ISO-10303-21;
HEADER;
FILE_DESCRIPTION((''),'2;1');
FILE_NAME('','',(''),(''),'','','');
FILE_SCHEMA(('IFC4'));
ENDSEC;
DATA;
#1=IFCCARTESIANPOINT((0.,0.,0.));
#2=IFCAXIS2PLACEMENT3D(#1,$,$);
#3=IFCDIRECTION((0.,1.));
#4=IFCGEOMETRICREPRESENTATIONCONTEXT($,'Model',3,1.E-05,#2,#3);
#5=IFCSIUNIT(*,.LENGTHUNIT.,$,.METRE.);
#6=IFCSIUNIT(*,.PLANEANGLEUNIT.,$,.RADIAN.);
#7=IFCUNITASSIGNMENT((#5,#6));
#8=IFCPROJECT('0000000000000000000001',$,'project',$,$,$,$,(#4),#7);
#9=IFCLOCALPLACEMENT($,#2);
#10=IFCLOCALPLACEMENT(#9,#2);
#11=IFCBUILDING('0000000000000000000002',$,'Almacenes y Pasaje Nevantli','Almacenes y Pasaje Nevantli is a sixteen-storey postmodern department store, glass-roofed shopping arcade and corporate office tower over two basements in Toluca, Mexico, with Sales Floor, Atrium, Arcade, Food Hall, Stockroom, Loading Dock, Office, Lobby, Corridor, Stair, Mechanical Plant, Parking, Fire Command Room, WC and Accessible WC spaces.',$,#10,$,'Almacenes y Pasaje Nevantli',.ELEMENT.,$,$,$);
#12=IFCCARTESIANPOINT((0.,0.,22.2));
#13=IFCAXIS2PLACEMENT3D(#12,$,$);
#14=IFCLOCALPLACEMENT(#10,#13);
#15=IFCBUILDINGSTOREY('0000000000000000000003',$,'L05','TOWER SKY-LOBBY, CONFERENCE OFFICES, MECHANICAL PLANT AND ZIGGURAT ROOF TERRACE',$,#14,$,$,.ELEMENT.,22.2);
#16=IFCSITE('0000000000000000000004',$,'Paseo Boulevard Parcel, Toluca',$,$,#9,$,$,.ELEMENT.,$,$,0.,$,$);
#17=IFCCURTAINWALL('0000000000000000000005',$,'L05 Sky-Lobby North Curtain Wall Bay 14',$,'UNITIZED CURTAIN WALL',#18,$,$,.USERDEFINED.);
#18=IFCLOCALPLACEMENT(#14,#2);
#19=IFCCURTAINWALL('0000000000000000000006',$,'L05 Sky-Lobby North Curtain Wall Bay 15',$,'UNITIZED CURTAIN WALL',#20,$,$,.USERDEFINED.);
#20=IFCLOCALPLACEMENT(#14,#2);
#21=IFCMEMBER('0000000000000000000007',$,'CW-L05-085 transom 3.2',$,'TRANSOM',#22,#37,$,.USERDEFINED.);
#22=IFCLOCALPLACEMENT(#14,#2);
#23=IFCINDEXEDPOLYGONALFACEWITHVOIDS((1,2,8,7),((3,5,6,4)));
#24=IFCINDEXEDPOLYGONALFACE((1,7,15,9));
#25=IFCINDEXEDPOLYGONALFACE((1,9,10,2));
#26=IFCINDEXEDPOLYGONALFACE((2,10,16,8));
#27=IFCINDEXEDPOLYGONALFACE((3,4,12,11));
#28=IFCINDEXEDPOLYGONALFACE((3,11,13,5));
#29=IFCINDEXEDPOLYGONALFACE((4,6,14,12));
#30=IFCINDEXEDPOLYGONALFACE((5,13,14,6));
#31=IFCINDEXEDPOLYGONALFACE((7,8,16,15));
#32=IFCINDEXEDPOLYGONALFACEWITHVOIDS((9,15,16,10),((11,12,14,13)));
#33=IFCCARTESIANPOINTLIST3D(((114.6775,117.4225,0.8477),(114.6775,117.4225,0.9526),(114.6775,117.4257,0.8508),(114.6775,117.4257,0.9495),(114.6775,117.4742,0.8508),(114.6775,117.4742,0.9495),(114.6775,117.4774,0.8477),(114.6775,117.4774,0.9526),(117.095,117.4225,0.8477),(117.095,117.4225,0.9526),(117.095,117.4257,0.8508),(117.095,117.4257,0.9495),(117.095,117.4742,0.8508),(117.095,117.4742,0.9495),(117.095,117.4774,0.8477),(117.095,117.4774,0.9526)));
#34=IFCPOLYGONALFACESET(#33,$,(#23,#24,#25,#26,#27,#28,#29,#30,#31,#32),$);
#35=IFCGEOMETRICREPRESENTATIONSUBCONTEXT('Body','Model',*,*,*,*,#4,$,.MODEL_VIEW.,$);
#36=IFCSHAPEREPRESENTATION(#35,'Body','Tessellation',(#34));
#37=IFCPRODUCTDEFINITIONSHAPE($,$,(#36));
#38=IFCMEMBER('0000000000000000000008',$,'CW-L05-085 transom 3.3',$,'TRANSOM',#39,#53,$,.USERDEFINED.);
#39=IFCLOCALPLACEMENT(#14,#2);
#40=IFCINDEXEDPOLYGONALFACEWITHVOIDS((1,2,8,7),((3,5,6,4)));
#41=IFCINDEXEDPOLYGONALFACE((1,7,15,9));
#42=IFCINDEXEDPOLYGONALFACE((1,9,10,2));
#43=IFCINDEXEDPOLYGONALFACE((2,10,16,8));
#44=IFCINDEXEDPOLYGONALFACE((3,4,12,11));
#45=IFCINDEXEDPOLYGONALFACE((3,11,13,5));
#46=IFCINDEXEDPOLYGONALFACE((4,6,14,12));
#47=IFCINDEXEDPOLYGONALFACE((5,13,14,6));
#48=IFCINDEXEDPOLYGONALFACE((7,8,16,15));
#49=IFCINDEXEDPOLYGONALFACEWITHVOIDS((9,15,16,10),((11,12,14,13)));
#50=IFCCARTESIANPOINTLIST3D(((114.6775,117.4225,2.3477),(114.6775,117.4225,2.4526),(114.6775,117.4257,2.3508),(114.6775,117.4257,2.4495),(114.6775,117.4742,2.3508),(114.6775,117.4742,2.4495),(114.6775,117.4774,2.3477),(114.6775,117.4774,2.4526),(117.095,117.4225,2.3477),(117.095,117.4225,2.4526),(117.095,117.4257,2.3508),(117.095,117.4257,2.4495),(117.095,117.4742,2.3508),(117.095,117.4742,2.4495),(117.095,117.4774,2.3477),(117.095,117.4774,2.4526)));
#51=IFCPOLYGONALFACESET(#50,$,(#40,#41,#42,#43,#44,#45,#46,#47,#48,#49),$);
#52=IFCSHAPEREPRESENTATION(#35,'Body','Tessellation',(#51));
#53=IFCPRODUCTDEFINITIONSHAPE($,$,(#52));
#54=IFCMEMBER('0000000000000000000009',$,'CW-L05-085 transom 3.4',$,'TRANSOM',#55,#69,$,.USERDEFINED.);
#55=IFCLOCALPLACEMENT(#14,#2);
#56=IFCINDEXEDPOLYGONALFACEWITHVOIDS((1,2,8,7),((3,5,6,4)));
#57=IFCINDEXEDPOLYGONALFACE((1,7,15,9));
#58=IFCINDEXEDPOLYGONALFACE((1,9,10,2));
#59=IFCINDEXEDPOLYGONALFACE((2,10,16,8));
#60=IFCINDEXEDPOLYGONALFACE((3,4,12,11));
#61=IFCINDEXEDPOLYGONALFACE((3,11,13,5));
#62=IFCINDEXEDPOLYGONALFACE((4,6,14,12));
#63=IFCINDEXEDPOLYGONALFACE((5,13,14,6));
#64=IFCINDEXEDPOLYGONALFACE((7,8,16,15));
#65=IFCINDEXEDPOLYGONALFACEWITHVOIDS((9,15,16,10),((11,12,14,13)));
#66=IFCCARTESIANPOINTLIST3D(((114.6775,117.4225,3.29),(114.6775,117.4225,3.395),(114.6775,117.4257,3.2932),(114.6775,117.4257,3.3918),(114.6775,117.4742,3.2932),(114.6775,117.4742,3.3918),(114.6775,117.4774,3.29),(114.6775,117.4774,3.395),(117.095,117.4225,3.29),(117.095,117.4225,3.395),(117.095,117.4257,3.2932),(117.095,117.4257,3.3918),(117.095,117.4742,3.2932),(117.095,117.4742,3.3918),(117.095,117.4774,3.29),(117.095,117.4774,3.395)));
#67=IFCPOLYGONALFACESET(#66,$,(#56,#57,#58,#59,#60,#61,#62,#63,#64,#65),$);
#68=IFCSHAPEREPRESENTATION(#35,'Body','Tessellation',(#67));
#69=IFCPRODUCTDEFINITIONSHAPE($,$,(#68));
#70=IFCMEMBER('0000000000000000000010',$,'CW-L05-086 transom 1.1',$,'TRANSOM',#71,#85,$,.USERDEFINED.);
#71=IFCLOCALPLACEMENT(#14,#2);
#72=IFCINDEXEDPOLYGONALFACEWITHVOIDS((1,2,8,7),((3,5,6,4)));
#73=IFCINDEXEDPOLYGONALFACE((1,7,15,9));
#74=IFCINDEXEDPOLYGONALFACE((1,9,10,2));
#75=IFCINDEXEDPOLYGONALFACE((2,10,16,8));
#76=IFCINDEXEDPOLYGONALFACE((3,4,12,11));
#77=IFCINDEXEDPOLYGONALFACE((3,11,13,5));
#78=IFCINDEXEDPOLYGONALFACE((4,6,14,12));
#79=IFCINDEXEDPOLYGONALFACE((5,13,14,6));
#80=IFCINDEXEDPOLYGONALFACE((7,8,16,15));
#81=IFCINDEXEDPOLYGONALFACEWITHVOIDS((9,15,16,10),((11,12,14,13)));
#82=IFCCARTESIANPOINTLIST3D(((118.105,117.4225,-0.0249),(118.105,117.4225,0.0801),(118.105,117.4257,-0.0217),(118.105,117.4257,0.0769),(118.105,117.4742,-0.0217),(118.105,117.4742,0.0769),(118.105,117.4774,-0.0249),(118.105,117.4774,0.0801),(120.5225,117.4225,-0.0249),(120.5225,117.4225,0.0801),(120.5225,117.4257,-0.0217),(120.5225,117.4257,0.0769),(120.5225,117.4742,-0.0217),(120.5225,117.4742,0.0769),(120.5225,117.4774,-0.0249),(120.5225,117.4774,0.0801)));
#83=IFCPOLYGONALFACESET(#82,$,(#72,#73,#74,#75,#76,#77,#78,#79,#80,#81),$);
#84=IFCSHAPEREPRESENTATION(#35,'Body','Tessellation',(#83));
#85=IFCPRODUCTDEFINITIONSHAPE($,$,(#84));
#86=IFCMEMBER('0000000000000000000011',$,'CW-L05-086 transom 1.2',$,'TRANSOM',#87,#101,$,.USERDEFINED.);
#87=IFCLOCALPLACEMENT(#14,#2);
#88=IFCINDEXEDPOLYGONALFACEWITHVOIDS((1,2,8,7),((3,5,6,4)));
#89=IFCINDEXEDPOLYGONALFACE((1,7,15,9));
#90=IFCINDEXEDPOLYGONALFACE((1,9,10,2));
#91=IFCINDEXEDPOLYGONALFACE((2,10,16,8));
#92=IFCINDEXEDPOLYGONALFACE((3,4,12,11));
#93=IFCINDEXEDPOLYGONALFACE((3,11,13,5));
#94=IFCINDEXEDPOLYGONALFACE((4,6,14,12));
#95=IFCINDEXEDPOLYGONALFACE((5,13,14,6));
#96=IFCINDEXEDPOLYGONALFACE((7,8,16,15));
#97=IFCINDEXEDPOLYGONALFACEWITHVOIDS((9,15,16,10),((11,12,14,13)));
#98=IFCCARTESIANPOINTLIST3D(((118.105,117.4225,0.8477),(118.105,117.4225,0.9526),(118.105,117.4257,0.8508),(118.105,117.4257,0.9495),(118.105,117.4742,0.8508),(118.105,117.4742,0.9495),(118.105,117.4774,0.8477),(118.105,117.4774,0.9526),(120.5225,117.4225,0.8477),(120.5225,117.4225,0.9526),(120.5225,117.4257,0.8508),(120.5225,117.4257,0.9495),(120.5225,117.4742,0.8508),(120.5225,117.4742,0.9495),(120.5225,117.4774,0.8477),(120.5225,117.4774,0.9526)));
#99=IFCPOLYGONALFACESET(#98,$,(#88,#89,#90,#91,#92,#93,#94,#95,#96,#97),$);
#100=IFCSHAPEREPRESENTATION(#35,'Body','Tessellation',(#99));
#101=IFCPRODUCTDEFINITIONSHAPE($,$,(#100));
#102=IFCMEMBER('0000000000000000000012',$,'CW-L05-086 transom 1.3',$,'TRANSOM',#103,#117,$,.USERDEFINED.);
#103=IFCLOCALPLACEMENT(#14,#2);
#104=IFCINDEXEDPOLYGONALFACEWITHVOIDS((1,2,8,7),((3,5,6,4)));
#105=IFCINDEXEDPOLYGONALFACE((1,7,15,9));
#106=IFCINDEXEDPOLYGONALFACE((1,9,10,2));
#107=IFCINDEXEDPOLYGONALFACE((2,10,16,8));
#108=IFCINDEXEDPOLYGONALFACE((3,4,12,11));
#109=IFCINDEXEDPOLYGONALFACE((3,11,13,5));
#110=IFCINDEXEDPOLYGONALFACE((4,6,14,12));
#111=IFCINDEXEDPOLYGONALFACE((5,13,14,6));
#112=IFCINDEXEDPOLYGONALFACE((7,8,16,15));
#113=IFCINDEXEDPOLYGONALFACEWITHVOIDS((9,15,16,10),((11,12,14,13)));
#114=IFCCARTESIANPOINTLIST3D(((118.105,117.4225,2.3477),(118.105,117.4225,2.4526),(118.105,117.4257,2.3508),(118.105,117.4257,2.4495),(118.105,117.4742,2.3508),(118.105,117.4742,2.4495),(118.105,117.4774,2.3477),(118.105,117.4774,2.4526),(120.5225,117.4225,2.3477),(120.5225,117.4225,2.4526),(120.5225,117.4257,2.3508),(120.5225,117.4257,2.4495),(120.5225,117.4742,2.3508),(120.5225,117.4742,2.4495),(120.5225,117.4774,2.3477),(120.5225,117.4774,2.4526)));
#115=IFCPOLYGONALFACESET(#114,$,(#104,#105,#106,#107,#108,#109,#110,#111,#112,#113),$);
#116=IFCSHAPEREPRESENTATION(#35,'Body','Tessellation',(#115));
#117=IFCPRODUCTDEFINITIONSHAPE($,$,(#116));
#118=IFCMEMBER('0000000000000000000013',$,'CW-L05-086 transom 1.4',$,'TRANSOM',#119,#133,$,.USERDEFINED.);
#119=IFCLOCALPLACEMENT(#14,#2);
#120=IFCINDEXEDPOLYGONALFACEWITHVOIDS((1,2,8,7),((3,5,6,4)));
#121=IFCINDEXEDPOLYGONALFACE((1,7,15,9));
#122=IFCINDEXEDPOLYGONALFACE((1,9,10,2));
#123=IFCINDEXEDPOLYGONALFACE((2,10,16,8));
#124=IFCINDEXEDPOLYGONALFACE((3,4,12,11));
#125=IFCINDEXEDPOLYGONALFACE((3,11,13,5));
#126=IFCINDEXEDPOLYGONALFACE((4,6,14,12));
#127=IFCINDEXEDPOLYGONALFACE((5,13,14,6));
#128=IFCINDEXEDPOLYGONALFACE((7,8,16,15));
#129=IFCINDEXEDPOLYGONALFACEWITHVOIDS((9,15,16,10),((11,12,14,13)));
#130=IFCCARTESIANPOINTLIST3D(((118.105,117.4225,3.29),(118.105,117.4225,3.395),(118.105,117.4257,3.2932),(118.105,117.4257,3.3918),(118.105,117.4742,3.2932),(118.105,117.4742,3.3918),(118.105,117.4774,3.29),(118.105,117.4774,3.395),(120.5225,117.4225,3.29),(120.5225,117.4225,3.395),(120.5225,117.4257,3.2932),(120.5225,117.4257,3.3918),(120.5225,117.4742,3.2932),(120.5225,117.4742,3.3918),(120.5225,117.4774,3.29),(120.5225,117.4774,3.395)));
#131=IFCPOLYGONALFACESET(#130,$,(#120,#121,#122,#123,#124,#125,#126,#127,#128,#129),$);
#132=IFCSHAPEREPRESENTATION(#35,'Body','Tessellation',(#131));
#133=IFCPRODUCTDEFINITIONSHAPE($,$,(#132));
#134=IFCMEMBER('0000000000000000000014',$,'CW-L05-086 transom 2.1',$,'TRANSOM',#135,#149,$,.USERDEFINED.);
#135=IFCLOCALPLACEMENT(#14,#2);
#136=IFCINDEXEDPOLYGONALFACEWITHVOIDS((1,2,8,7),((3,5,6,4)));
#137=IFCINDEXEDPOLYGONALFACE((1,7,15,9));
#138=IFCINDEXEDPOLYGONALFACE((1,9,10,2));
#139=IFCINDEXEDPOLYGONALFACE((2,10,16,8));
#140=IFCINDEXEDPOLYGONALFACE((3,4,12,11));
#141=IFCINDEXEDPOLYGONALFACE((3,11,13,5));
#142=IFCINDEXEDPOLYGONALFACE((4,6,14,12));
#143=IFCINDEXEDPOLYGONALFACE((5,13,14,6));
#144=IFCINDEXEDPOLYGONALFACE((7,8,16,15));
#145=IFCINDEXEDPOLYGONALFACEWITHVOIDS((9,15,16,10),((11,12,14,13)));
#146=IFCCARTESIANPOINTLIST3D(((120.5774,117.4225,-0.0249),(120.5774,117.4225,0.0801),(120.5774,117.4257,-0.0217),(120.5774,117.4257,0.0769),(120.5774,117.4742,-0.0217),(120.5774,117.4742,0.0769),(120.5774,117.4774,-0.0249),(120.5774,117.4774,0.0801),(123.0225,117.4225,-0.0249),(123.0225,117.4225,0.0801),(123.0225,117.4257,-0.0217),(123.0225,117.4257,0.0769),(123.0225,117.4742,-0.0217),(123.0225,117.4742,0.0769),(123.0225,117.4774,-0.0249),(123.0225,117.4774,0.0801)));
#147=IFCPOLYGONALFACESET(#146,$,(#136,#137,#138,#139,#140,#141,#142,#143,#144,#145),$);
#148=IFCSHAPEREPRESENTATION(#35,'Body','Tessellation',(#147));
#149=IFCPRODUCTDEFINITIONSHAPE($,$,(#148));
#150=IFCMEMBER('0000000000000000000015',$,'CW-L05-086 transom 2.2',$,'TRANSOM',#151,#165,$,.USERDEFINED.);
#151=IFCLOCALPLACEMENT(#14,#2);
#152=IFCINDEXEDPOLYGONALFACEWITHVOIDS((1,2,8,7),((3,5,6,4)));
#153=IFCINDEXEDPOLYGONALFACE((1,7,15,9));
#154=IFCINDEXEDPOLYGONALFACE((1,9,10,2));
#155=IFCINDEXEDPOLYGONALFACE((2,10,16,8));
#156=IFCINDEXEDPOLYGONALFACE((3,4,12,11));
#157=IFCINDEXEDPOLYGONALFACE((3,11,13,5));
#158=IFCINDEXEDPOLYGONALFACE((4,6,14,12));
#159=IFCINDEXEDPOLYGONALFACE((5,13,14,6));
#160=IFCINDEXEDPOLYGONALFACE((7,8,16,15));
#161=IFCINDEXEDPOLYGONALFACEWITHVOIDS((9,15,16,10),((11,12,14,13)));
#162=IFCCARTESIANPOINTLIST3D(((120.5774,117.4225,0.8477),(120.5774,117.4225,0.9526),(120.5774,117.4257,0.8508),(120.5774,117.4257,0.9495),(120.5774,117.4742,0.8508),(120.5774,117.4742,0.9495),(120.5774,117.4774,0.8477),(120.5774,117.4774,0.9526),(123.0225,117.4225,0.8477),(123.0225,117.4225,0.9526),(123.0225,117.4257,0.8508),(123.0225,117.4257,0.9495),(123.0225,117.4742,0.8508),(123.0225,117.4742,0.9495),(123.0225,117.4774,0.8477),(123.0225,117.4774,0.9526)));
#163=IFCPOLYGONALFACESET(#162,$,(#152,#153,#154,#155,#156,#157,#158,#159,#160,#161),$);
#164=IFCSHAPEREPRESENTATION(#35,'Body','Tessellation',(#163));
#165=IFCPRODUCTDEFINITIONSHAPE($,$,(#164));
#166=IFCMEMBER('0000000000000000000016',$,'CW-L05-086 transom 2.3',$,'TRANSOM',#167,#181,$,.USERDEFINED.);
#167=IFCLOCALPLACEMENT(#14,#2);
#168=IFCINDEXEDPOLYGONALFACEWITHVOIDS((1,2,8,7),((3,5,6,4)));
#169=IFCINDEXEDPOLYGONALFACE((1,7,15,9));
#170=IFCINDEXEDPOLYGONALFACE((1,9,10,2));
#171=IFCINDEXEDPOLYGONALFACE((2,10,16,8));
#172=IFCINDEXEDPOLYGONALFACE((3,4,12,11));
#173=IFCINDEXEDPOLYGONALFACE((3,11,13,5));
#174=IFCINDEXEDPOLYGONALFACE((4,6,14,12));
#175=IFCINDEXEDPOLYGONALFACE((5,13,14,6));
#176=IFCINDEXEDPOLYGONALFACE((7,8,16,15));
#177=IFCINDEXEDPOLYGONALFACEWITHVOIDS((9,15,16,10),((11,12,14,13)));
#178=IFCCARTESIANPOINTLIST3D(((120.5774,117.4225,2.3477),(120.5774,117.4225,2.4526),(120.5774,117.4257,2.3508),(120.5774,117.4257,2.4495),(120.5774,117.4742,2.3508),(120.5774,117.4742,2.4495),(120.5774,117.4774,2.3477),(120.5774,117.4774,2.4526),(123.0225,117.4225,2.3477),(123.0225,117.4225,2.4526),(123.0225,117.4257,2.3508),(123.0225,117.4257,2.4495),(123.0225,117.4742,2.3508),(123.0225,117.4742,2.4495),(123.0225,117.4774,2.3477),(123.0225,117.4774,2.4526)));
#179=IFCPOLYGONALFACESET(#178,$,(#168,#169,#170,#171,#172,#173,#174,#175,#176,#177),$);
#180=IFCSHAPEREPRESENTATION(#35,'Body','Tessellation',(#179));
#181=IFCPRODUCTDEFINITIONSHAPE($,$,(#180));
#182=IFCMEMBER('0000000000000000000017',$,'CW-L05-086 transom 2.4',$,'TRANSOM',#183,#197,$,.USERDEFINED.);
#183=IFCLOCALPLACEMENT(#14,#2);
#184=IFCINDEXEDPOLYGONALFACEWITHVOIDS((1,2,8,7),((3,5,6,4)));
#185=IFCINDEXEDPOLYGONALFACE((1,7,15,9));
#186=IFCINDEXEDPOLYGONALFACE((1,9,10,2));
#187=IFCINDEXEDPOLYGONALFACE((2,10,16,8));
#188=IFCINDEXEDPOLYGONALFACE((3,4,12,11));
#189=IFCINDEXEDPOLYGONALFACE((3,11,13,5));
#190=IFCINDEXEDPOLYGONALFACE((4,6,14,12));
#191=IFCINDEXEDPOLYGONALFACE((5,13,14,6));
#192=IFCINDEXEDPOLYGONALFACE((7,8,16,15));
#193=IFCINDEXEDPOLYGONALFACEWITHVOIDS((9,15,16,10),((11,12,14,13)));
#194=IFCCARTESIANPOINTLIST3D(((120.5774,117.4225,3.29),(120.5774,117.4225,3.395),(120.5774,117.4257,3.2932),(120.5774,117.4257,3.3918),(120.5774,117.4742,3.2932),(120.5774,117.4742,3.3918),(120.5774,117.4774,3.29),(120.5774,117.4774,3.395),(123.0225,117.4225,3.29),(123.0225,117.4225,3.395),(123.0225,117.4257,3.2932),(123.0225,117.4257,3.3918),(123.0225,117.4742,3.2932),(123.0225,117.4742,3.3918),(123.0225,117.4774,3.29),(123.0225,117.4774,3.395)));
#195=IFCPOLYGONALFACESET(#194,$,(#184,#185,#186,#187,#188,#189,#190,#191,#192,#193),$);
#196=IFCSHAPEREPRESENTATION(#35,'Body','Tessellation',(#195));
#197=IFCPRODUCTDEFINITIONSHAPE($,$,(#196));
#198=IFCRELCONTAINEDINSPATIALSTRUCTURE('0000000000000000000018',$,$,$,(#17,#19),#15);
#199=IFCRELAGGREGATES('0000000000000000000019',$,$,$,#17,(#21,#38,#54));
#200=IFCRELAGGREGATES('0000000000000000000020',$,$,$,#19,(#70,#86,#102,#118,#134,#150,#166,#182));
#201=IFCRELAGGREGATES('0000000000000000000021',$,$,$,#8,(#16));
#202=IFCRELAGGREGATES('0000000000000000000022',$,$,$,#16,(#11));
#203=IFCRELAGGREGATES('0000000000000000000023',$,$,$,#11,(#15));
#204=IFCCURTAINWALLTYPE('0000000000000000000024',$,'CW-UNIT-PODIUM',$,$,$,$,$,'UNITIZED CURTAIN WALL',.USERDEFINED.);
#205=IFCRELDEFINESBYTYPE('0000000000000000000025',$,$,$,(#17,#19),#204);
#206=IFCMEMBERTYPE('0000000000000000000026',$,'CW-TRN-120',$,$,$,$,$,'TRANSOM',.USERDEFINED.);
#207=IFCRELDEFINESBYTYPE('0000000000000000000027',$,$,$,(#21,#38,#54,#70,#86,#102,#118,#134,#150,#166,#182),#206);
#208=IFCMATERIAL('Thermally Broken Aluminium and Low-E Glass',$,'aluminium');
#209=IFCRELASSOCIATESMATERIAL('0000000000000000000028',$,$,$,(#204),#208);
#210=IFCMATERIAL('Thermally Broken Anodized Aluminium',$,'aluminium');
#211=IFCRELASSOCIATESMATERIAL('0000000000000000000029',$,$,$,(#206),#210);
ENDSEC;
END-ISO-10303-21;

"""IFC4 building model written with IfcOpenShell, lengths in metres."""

from ifc_helpers import new_model, si_unit, direction, frame, origin, origin_2d, place, context, subcontext, project, spatial, hollow_rectangle, extrude, material, material_profile, profile_set, type_object, element, aggregate, save


model = new_model("IFC4")

# Units and contexts
model_context = context("Model", 3, precision=1e-05, world=origin(), true_north=direction((0.0, 1.0)))
body_context = subcontext(model_context, "Body", "Model", "MODEL_VIEW")
ifc_project = project(units=[si_unit("LENGTHUNIT", "METRE"), si_unit("PLANEANGLEUNIT", "RADIAN")], contexts=[model_context])

# Site, building, storey
site_placement = place(None, origin())
site = spatial("IfcSite", under=ifc_project, at=site_placement, Name="Paseo Boulevard Parcel, Toluca", CompositionType="ELEMENT", RefElevation=0.0)
building_placement = place(site_placement, origin())
building = spatial("IfcBuilding", under=site, at=building_placement, Name="Almacenes y Pasaje Nevantli", Description="Almacenes y Pasaje Nevantli is a sixteen-storey postmodern department store, glass-roofed shopping arcade and corporate office tower over two basements in Toluca, Mexico, with Sales Floor, Atrium, Arcade, Food Hall, Stockroom, Loading Dock, Office, Lobby, Corridor, Stair, Mechanical Plant, Parking, Fire Command Room, WC and Accessible WC spaces.", LongName="Almacenes y Pasaje Nevantli", CompositionType="ELEMENT")
storey_placement = place(building_placement, frame((0.0, 0.0, 22.2)))
storey = spatial("IfcBuildingStorey", under=building, at=storey_placement, Name="L05", Description="TOWER SKY-LOBBY, CONFERENCE OFFICES, MECHANICAL PLANT AND ZIGGURAT ROOF TERRACE", CompositionType="ELEMENT", Elevation=22.2)

# Curtain wall
ifc_material_1 = material(Name="Thermally Broken Aluminium and Low-E Glass", Category="aluminium")
curtain_wall_type = type_object("IfcCurtainWallType", Name="CW-UNIT-PODIUM", ElementType="UNITIZED CURTAIN WALL", PredefinedType="USERDEFINED", material=ifc_material_1)
curtain_wall_1_placement = place(storey_placement, origin())
curtain_wall_1 = element("IfcCurtainWall", 1, at=curtain_wall_1_placement, inside=storey, type_object=curtain_wall_type, Name="L05 Sky-Lobby North Curtain Wall Bay 14", ObjectType="UNITIZED CURTAIN WALL", PredefinedType="USERDEFINED")

# Curtain wall
curtain_wall_2_placement = place(storey_placement, origin())
curtain_wall_2 = element("IfcCurtainWall", 2, at=curtain_wall_2_placement, inside=storey, type_object=curtain_wall_type, Name="L05 Sky-Lobby North Curtain Wall Bay 15", ObjectType="UNITIZED CURTAIN WALL", PredefinedType="USERDEFINED")

# Members
ifc_material_2 = material(Name="Thermally Broken Anodized Aluminium", Category="aluminium")
ifc_material_profile_1 = material_profile(ifc_material_2, hollow_rectangle(XDim=0.0549, YDim=0.105, WallThickness=0.0032, at=origin_2d()), Name="ALU-TRN-55x105")
ifc_profile_set_1 = profile_set([ifc_material_profile_1], Name="Thermally Broken Anodized Aluminium")
member_type_1 = type_object("IfcMemberType", Name="CW-TRN-120", ElementType="TRANSOM", PredefinedType="USERDEFINED", material=ifc_profile_set_1)
member_1_placement = place(storey_placement, frame((114.6775, 117.45, 0.9001), z_axis=(1.0, 0.0, 0.0), x_axis=(0.0, 1.0, 0.0)))
member_1 = element("IfcMember", 3, at=member_1_placement, type_object=member_type_1, Name="CW-L05-085 transom 3.2", ObjectType="TRANSOM", PredefinedType="USERDEFINED", context=body_context, shape_type="SweptSolid", body=[
    extrude(hollow_rectangle(XDim=0.0549, YDim=0.105, WallThickness=0.0032, at=origin_2d()), origin(), (0.0, 0.0, 1.0), 2.4175),
])
member_2_placement = place(storey_placement, frame((114.6775, 117.45, 2.4001), z_axis=(1.0, 0.0, 0.0), x_axis=(0.0, 1.0, 0.0)))
member_2 = element("IfcMember", 4, at=member_2_placement, type_object=member_type_1, Name="CW-L05-085 transom 3.3", ObjectType="TRANSOM", PredefinedType="USERDEFINED", context=body_context, shape_type="SweptSolid", body=[
    extrude(hollow_rectangle(XDim=0.0549, YDim=0.105, WallThickness=0.0032, at=origin_2d()), origin(), (0.0, 0.0, 1.0), 2.4175),
])
member_3_placement = place(storey_placement, frame((114.6775, 117.45, 3.3425), z_axis=(1.0, 0.0, 0.0), x_axis=(0.0, 1.0, 0.0)))
member_3 = element("IfcMember", 5, at=member_3_placement, type_object=member_type_1, Name="CW-L05-085 transom 3.4", ObjectType="TRANSOM", PredefinedType="USERDEFINED", context=body_context, shape_type="SweptSolid", body=[
    extrude(hollow_rectangle(XDim=0.0549, YDim=0.105, WallThickness=0.0032, at=origin_2d()), origin(), (0.0, 0.0, 1.0), 2.4175),
])
member_4_placement = place(storey_placement, frame((118.105, 117.45, 0.0276), z_axis=(1.0, 0.0, 0.0), x_axis=(0.0, 1.0, 0.0)))
member_4 = element("IfcMember", 6, at=member_4_placement, type_object=member_type_1, Name="CW-L05-086 transom 1.1", ObjectType="TRANSOM", PredefinedType="USERDEFINED", context=body_context, shape_type="SweptSolid", body=[
    extrude(hollow_rectangle(XDim=0.0549, YDim=0.105, WallThickness=0.0032, at=origin_2d()), origin(), (0.0, 0.0, 1.0), 2.4175),
])
member_5_placement = place(storey_placement, frame((118.105, 117.45, 0.9001), z_axis=(1.0, 0.0, 0.0), x_axis=(0.0, 1.0, 0.0)))
member_5 = element("IfcMember", 7, at=member_5_placement, type_object=member_type_1, Name="CW-L05-086 transom 1.2", ObjectType="TRANSOM", PredefinedType="USERDEFINED", context=body_context, shape_type="SweptSolid", body=[
    extrude(hollow_rectangle(XDim=0.0549, YDim=0.105, WallThickness=0.0032, at=origin_2d()), origin(), (0.0, 0.0, 1.0), 2.4175),
])
member_6_placement = place(storey_placement, frame((118.105, 117.45, 2.4001), z_axis=(1.0, 0.0, 0.0), x_axis=(0.0, 1.0, 0.0)))
member_6 = element("IfcMember", 8, at=member_6_placement, type_object=member_type_1, Name="CW-L05-086 transom 1.3", ObjectType="TRANSOM", PredefinedType="USERDEFINED", context=body_context, shape_type="SweptSolid", body=[
    extrude(hollow_rectangle(XDim=0.0549, YDim=0.105, WallThickness=0.0032, at=origin_2d()), origin(), (0.0, 0.0, 1.0), 2.4175),
])
member_7_placement = place(storey_placement, frame((118.105, 117.45, 3.3425), z_axis=(1.0, 0.0, 0.0), x_axis=(0.0, 1.0, 0.0)))
member_7 = element("IfcMember", 9, at=member_7_placement, type_object=member_type_1, Name="CW-L05-086 transom 1.4", ObjectType="TRANSOM", PredefinedType="USERDEFINED", context=body_context, shape_type="SweptSolid", body=[
    extrude(hollow_rectangle(XDim=0.0549, YDim=0.105, WallThickness=0.0032, at=origin_2d()), origin(), (0.0, 0.0, 1.0), 2.4175),
])
member_8_placement = place(storey_placement, frame((120.5774, 117.45, 0.0276), z_axis=(1.0, 0.0, 0.0), x_axis=(0.0, 1.0, 0.0)))
member_8 = element("IfcMember", 10, at=member_8_placement, type_object=member_type_1, Name="CW-L05-086 transom 2.1", ObjectType="TRANSOM", PredefinedType="USERDEFINED", context=body_context, shape_type="SweptSolid", body=[
    extrude(hollow_rectangle(XDim=0.0549, YDim=0.105, WallThickness=0.0032, at=origin_2d()), origin(), (0.0, 0.0, 1.0), 2.4451),
])
member_9_placement = place(storey_placement, frame((120.5774, 117.45, 0.9001), z_axis=(1.0, 0.0, 0.0), x_axis=(0.0, 1.0, 0.0)))
member_9 = element("IfcMember", 11, at=member_9_placement, type_object=member_type_1, Name="CW-L05-086 transom 2.2", ObjectType="TRANSOM", PredefinedType="USERDEFINED", context=body_context, shape_type="SweptSolid", body=[
    extrude(hollow_rectangle(XDim=0.0549, YDim=0.105, WallThickness=0.0032, at=origin_2d()), origin(), (0.0, 0.0, 1.0), 2.4451),
])
member_10_placement = place(storey_placement, frame((120.5774, 117.45, 2.4001), z_axis=(1.0, 0.0, 0.0), x_axis=(0.0, 1.0, 0.0)))
member_10 = element("IfcMember", 12, at=member_10_placement, type_object=member_type_1, Name="CW-L05-086 transom 2.3", ObjectType="TRANSOM", PredefinedType="USERDEFINED", context=body_context, shape_type="SweptSolid", body=[
    extrude(hollow_rectangle(XDim=0.0549, YDim=0.105, WallThickness=0.0032, at=origin_2d()), origin(), (0.0, 0.0, 1.0), 2.4451),
])
member_11_placement = place(storey_placement, frame((120.5774, 117.45, 3.3425), z_axis=(1.0, 0.0, 0.0), x_axis=(0.0, 1.0, 0.0)))
member_11 = element("IfcMember", 13, at=member_11_placement, type_object=member_type_1, Name="CW-L05-086 transom 2.4", ObjectType="TRANSOM", PredefinedType="USERDEFINED", context=body_context, shape_type="SweptSolid", body=[
    extrude(hollow_rectangle(XDim=0.0549, YDim=0.105, WallThickness=0.0032, at=origin_2d()), origin(), (0.0, 0.0, 1.0), 2.4451),
])

aggregate(curtain_wall_1, [member_1, member_2, member_3])
aggregate(curtain_wall_2, [member_4, member_5, member_6, member_7, member_8, member_9, member_10, member_11])

save(model, "model.ifc")
